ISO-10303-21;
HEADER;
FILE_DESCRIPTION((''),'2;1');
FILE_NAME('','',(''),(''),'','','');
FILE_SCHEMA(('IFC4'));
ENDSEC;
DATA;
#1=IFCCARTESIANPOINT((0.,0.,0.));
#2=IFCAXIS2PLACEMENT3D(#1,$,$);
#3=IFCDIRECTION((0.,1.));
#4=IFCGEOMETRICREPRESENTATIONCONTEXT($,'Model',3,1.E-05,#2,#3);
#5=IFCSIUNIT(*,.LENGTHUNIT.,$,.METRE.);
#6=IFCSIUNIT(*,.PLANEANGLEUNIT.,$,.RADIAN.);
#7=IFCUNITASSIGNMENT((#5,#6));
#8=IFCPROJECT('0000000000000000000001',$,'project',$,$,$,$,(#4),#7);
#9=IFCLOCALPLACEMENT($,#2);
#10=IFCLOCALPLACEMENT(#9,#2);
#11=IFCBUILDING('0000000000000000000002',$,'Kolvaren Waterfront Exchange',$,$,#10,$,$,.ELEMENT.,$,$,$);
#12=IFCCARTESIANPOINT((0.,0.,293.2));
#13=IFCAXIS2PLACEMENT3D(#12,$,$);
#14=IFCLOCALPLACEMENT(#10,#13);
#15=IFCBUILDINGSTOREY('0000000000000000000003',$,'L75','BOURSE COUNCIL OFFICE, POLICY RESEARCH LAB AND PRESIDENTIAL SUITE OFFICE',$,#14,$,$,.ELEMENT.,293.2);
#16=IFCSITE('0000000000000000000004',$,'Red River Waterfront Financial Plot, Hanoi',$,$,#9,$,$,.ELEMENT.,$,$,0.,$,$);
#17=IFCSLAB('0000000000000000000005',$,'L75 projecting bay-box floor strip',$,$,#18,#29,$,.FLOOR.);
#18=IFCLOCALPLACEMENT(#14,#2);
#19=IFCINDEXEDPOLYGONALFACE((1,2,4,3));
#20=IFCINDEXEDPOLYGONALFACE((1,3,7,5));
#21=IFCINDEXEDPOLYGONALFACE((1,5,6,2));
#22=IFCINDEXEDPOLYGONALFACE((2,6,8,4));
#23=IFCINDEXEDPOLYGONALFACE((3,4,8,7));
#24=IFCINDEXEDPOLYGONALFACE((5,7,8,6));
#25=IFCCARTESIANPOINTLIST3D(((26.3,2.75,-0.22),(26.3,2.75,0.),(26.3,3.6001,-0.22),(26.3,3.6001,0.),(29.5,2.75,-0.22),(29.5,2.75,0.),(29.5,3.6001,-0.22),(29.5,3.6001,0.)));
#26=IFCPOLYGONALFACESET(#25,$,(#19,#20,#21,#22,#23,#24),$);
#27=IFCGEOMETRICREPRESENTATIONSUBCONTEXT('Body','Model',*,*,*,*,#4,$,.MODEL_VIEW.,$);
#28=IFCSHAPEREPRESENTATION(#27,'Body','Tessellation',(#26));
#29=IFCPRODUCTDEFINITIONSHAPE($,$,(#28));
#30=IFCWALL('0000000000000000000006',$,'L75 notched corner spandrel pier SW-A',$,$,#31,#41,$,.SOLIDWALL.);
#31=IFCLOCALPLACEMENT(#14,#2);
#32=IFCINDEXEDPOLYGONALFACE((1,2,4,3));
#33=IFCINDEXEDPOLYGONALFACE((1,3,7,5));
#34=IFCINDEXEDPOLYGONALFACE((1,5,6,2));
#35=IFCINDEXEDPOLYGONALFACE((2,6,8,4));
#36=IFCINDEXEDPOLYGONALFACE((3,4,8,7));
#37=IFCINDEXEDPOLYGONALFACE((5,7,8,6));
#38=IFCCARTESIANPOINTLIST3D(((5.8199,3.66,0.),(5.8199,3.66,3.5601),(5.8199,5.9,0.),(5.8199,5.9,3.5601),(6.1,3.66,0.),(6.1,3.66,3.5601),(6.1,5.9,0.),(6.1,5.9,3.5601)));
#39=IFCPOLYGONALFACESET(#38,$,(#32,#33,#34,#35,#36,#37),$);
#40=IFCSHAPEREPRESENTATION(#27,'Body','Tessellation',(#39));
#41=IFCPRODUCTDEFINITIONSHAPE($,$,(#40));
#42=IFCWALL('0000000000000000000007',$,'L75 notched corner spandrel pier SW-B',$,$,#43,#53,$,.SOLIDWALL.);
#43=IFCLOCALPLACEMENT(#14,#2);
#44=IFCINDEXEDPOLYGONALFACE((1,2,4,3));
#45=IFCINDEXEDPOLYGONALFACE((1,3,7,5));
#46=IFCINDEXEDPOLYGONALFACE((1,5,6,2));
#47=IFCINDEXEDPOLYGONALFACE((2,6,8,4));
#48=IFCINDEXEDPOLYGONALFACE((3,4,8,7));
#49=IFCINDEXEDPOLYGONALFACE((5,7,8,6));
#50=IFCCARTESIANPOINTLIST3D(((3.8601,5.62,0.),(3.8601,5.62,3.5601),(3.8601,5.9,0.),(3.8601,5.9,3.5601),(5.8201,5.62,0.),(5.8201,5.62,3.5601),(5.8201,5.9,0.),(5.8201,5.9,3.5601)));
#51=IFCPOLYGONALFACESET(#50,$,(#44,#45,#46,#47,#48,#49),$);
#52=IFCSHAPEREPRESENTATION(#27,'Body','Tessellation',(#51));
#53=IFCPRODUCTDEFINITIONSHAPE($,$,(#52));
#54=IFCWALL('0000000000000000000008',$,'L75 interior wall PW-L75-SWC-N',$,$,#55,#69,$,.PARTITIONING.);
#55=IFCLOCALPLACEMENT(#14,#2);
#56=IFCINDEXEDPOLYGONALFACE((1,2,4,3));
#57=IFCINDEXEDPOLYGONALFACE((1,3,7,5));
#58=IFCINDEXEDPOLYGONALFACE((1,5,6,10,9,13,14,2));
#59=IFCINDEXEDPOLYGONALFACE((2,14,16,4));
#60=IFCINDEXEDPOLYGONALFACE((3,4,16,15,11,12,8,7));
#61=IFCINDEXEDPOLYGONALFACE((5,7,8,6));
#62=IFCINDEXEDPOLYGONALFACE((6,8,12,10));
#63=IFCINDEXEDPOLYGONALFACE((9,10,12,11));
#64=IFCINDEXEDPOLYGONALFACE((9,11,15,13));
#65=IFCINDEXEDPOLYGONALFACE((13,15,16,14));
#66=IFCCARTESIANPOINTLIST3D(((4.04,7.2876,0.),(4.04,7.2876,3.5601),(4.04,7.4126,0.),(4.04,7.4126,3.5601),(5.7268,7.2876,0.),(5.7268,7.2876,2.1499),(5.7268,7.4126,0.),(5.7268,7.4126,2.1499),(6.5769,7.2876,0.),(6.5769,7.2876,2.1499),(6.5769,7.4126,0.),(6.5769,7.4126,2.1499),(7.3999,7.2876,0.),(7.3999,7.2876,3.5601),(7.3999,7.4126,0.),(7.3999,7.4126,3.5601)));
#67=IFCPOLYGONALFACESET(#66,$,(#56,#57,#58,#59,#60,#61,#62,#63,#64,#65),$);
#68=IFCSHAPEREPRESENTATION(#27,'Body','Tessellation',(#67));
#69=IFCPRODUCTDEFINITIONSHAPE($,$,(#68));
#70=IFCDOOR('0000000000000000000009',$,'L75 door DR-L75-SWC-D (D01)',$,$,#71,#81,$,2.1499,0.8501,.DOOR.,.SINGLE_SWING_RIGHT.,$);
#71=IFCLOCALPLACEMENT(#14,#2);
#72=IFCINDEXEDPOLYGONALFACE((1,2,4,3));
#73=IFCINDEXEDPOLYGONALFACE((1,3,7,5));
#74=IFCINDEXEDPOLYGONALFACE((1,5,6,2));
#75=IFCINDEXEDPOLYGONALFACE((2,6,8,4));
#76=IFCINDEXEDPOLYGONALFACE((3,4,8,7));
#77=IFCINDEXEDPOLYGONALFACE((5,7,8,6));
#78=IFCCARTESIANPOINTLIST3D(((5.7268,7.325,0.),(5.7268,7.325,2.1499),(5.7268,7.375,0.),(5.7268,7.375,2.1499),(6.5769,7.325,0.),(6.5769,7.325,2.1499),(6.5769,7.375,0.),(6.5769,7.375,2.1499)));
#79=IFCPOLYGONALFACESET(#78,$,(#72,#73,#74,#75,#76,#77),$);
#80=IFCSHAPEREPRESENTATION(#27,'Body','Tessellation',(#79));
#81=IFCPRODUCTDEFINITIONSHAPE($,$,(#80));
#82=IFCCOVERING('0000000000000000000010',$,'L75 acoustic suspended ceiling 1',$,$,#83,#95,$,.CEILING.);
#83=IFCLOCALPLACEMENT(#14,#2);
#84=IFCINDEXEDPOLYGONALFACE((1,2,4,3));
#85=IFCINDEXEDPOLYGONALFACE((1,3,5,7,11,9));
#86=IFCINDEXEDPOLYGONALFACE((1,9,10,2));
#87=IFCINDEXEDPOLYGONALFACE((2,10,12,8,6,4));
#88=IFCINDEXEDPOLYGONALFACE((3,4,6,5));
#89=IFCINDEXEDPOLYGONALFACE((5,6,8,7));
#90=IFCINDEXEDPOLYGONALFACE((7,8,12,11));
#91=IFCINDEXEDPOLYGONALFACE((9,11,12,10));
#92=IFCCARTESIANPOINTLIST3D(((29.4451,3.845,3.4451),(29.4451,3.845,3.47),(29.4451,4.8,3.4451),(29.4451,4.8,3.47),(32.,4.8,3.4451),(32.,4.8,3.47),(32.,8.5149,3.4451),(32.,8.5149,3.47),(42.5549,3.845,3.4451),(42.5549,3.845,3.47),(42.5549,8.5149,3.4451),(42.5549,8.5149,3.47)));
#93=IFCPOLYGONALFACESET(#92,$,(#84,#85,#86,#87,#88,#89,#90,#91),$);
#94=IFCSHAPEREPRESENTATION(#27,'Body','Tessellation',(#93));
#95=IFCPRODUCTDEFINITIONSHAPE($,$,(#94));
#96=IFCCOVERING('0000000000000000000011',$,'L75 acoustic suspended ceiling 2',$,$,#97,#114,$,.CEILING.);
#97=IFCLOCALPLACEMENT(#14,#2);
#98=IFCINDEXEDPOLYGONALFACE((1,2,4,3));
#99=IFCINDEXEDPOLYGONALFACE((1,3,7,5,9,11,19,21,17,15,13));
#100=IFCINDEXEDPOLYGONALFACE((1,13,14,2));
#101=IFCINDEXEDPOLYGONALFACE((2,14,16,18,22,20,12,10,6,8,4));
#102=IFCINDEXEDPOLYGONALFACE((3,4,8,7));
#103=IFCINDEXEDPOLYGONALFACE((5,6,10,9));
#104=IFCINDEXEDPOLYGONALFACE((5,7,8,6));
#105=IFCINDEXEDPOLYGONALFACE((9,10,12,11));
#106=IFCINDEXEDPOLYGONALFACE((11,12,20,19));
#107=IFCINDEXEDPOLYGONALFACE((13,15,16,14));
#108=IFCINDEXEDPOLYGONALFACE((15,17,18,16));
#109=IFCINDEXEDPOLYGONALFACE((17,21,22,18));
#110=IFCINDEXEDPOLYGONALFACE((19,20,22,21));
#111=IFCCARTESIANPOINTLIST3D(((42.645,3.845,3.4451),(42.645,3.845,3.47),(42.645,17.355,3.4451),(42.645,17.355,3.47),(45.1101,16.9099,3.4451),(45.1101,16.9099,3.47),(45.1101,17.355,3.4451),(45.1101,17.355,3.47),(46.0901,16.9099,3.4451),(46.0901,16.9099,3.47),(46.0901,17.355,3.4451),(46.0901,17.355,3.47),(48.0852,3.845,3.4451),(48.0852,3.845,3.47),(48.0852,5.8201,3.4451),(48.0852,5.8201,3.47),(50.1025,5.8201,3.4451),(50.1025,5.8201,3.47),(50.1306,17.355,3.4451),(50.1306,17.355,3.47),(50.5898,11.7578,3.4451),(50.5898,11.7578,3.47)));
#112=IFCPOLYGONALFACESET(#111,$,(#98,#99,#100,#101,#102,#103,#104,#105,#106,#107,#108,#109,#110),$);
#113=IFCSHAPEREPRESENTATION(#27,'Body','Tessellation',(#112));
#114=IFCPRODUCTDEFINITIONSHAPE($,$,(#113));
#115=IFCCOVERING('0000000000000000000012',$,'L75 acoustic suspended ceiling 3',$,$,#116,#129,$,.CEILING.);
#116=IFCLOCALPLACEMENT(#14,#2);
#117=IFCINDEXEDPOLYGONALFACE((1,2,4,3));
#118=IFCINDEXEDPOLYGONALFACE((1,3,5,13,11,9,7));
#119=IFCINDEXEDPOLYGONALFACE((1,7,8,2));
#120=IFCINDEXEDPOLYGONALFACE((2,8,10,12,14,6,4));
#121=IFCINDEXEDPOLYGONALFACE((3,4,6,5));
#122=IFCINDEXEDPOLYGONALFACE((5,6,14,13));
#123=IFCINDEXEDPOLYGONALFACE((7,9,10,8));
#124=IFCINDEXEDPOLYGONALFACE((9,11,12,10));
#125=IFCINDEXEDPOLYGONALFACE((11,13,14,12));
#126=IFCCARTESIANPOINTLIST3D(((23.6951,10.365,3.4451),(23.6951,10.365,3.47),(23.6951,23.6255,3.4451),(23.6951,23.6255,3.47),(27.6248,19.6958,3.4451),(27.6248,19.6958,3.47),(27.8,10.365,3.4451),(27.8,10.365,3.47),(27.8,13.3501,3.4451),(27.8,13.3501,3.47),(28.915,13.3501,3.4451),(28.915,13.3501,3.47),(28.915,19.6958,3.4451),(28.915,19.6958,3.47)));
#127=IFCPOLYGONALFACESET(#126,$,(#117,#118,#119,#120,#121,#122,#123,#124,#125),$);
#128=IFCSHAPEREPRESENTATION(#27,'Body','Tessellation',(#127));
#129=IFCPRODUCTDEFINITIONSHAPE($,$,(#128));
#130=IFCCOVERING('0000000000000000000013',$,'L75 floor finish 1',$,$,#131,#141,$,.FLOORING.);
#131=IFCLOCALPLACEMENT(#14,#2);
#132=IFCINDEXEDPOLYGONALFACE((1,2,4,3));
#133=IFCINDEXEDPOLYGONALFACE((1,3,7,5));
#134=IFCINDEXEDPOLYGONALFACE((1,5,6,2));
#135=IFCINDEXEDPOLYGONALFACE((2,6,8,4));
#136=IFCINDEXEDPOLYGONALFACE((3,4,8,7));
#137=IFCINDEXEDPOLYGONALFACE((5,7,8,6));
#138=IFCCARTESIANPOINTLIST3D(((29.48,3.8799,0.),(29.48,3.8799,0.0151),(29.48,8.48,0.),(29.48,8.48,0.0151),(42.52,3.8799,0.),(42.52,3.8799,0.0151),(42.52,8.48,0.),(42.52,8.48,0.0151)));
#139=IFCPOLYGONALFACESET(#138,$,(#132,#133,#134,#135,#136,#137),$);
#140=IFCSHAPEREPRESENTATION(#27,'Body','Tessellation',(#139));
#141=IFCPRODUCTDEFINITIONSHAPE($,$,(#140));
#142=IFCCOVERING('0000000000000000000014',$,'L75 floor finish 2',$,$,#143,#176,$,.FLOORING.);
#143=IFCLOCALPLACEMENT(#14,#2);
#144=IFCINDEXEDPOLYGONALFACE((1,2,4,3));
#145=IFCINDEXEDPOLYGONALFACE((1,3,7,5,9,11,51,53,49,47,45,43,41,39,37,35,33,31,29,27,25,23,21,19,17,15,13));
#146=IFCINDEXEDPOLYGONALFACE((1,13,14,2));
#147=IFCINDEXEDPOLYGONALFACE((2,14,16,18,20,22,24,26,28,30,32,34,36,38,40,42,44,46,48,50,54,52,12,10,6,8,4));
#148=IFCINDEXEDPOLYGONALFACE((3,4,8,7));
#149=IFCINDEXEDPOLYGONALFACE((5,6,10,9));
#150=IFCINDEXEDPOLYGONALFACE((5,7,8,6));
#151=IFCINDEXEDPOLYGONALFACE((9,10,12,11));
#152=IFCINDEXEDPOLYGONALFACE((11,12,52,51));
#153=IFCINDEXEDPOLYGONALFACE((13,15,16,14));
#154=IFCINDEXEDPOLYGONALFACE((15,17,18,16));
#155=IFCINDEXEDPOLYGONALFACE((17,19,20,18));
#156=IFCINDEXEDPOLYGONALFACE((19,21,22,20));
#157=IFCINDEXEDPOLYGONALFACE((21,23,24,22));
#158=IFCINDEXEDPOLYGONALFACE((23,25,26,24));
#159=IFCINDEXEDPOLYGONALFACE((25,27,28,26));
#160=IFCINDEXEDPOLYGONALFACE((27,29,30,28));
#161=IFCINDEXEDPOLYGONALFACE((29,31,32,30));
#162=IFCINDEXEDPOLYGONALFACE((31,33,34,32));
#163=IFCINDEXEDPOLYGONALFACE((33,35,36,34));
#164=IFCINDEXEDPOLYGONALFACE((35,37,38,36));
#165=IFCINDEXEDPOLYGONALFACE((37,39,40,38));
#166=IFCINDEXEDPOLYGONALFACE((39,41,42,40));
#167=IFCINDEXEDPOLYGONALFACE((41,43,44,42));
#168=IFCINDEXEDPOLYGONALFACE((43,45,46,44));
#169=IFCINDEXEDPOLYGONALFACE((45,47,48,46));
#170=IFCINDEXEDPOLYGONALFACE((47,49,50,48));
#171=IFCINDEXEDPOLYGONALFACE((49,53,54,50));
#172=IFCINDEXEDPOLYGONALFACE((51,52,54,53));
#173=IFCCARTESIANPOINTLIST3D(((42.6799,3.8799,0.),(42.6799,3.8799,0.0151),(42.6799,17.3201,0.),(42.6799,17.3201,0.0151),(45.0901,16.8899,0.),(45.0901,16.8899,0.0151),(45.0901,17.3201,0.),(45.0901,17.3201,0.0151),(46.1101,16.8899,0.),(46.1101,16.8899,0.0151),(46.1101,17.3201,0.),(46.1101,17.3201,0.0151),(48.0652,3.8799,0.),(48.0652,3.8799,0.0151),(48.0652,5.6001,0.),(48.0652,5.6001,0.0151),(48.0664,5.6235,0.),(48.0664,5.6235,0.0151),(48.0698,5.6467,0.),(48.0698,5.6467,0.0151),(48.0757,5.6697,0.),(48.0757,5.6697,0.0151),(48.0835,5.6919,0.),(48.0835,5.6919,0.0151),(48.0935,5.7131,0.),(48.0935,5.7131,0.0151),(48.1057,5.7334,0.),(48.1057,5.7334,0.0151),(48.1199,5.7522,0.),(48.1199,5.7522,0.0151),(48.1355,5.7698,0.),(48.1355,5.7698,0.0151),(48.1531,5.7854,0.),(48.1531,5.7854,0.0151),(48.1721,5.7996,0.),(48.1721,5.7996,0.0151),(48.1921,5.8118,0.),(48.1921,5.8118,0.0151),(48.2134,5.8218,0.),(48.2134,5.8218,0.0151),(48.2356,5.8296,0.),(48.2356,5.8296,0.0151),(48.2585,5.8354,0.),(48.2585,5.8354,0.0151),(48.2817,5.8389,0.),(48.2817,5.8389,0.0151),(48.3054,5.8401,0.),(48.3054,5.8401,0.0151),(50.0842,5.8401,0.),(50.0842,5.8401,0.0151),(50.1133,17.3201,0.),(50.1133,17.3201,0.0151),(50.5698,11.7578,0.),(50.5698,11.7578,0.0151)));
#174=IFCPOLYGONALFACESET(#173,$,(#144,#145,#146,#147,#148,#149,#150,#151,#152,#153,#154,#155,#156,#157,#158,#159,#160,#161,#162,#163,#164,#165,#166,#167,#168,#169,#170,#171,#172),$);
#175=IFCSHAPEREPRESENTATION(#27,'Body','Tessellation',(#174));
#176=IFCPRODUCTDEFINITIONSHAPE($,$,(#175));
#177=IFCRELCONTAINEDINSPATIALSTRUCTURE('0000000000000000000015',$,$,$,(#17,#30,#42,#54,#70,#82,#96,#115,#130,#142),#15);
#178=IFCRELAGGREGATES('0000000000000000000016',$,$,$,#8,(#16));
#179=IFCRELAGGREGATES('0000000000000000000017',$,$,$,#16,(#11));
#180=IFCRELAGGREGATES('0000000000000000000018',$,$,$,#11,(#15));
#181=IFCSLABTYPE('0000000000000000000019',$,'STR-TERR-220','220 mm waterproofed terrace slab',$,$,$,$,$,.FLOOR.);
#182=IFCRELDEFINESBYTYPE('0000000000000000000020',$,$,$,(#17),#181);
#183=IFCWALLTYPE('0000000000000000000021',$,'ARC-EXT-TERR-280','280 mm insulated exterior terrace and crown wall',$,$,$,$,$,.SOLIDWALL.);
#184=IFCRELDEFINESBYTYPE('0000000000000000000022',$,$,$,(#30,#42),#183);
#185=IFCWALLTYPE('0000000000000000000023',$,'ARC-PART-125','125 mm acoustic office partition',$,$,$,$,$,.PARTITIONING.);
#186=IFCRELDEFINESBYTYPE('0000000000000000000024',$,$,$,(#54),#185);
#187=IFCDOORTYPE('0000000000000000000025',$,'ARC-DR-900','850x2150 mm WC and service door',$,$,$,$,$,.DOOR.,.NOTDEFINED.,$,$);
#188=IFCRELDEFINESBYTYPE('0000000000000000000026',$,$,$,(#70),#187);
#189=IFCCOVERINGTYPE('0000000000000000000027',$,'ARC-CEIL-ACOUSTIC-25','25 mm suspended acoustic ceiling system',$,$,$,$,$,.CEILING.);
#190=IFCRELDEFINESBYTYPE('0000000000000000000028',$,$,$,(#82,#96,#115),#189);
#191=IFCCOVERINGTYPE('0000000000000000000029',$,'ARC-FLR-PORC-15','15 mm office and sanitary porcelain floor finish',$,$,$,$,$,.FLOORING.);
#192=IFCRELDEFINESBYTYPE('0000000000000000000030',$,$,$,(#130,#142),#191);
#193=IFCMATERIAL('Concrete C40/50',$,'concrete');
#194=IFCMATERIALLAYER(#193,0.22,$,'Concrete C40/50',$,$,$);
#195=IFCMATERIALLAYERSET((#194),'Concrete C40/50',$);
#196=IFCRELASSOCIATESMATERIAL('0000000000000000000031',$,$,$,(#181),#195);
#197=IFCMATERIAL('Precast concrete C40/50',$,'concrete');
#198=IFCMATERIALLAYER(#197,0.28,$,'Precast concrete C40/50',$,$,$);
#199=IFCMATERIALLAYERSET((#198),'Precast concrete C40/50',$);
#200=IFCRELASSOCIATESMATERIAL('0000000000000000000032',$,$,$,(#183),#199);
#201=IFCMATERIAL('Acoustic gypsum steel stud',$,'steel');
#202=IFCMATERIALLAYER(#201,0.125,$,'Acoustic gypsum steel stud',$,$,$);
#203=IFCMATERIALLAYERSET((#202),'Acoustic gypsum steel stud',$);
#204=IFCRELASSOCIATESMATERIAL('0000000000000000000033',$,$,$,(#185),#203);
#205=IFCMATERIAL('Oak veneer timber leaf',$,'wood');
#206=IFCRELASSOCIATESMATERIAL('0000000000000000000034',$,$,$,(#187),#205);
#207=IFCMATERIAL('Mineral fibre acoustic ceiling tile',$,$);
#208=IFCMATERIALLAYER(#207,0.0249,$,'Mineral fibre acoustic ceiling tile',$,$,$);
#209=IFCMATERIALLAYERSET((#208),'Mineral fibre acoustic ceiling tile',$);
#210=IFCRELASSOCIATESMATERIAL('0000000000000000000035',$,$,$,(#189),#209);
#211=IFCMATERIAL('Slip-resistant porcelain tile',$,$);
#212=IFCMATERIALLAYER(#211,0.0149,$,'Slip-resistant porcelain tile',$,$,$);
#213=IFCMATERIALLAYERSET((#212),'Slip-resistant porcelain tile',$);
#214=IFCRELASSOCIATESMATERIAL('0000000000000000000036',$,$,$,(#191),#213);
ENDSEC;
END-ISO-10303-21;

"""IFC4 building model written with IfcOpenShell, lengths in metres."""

from ifc_helpers import new_model, si_unit, direction, frame, frame_2d, origin, place, context, subcontext, project, spatial, polyline, rectangle, outline, extrude, material, layer, layer_set, type_object, element, fill, save


model = new_model("IFC4")

# Units and contexts
model_context = context("Model", 3, precision=1e-05, world=origin(), true_north=direction((0.0, 1.0)))
body_context = subcontext(model_context, "Body", "Model", "MODEL_VIEW")
ifc_project = project(units=[si_unit("LENGTHUNIT", "METRE"), si_unit("PLANEANGLEUNIT", "RADIAN")], contexts=[model_context])

# Site, building, storey
site_placement = place(None, origin())
site = spatial("IfcSite", under=ifc_project, at=site_placement, Name="Red River Waterfront Financial Plot, Hanoi", CompositionType="ELEMENT", RefElevation=0.0)
building_placement = place(site_placement, origin())
building = spatial("IfcBuilding", under=site, at=building_placement, Name="Kolvaren Waterfront Exchange", CompositionType="ELEMENT")
storey_placement = place(building_placement, frame((0.0, 0.0, 293.2)))
storey = spatial("IfcBuildingStorey", under=building, at=storey_placement, Name="L75", Description="BOURSE COUNCIL OFFICE, POLICY RESEARCH LAB AND PRESIDENTIAL SUITE OFFICE", CompositionType="ELEMENT", Elevation=293.2)

# Shared definitions
ifc_material_1 = material(Name="Concrete C40/50", Category="concrete")

# Slab
ifc_layer_1 = layer(ifc_material_1, 0.22, Name="Concrete C40/50")
ifc_layer_set_1 = layer_set([ifc_layer_1], Name="Concrete C40/50")
slab_type_1 = type_object("IfcSlabType", Name="STR-TERR-220", Description="220 mm waterproofed terrace slab", PredefinedType="FLOOR", material=ifc_layer_set_1)
slab_1_placement = place(storey_placement, frame((0.0, 0.0, -0.22)))
element("IfcSlab", 1, at=slab_1_placement, inside=storey, type_object=slab_type_1, Name="L75 projecting bay-box floor strip", PredefinedType="FLOOR", context=body_context, shape_type="SweptSolid", body=[
    extrude(outline(polyline([(26.3, 2.75), (29.5, 2.75), (29.5, 3.6001), (26.3, 3.6001), (26.3, 2.75)])), origin(), (0.0, 0.0, 1.0), 0.22),
])

# Walls
ifc_material_2 = material(Name="Precast concrete C40/50", Category="concrete")
ifc_layer_2 = layer(ifc_material_2, 0.28, Name="Precast concrete C40/50")
ifc_layer_set_2 = layer_set([ifc_layer_2], Name="Precast concrete C40/50")
wall_type_1 = type_object("IfcWallType", Name="ARC-EXT-TERR-280", Description="280 mm insulated exterior terrace and crown wall", PredefinedType="SOLIDWALL", material=ifc_layer_set_2)
wall_1_placement = place(storey_placement, frame((5.96, 3.6599, 0.0), z_axis=(0.0, 0.0, 1.0), x_axis=(0.0, 1.0, 0.0)))
element("IfcWall", 2, at=wall_1_placement, inside=storey, type_object=wall_type_1, Name="L75 notched corner spandrel pier SW-A", PredefinedType="SOLIDWALL", context=body_context, shape_type="SweptSolid", body=[
    extrude(rectangle(XDim=2.24, YDim=0.28, at=frame_2d((1.1201, 0.0))), origin(), (0.0, 0.0, 1.0), 3.5601),
])
wall_2_placement = place(storey_placement, frame((3.8601, 5.76, 0.0), z_axis=(0.0, 0.0, 1.0), x_axis=(1.0, 0.0, 0.0)))
element("IfcWall", 3, at=wall_2_placement, inside=storey, type_object=wall_type_1, Name="L75 notched corner spandrel pier SW-B", PredefinedType="SOLIDWALL", context=body_context, shape_type="SweptSolid", body=[
    extrude(rectangle(XDim=1.96, YDim=0.28, at=frame_2d((0.98, 0.0))), origin(), (0.0, 0.0, 1.0), 3.5601),
])

# Wall, opening, door
ifc_material_3 = material(Name="Acoustic gypsum steel stud", Category="steel")
ifc_layer_3 = layer(ifc_material_3, 0.125, Name="Acoustic gypsum steel stud")
ifc_layer_set_3 = layer_set([ifc_layer_3], Name="Acoustic gypsum steel stud")
wall_type_2 = type_object("IfcWallType", Name="ARC-PART-125", Description="125 mm acoustic office partition", PredefinedType="PARTITIONING", material=ifc_layer_set_3)
wall_3_placement = place(storey_placement, frame((4.04, 7.3501, 0.0), z_axis=(0.0, 0.0, 1.0), x_axis=(1.0, 0.0, 0.0)))
wall_3 = element("IfcWall", 4, at=wall_3_placement, inside=storey, type_object=wall_type_2, Name="L75 interior wall PW-L75-SWC-N", PredefinedType="PARTITIONING", context=body_context, shape_type="SweptSolid", body=[
    extrude(rectangle(XDim=3.3599, YDim=0.125, at=frame_2d((1.6799, 0.0))), origin(), (0.0, 0.0, 1.0), 3.5601),
])
opening_placement = place(wall_3_placement, frame((1.6868, 0.0, 0.0)))
opening = element("IfcOpeningElement", 5, at=opening_placement, cuts=wall_3, PredefinedType="OPENING", context=body_context, shape_type="SweptSolid", body=[
    extrude(rectangle(XDim=0.8501, YDim=2.1499, at=frame_2d((0.425, 1.075))), frame((0.0, 0.0725, 0.0), z_axis=(0.0, -1.0, 0.0), x_axis=(1.0, 0.0, 0.0)), (0.0, 0.0, 1.0), 0.145),
])
ifc_material_4 = material(Name="Oak veneer timber leaf", Category="wood")
door_type = type_object("IfcDoorType", Name="ARC-DR-900", Description="850x2150 mm WC and service door", OperationType="NOTDEFINED", PredefinedType="DOOR", material=ifc_material_4)
door_placement = place(opening_placement, origin())
door = element("IfcDoor", 6, at=door_placement, inside=storey, type_object=door_type, Name="L75 door DR-L75-SWC-D (D01)", OperationType="SINGLE_SWING_RIGHT", OverallHeight=2.1499, OverallWidth=0.8501, PredefinedType="DOOR", context=body_context, shape_type="SweptSolid", body=[
    extrude(rectangle(XDim=0.8501, YDim=2.1499, at=frame_2d((0.425, 1.075))), frame((0.0, 0.0249, 0.0), z_axis=(0.0, -1.0, 0.0), x_axis=(1.0, 0.0, 0.0)), (0.0, 0.0, 1.0), 0.05),
])
fill(opening, door)

# Coverings
ifc_material_5 = material(Name="Mineral fibre acoustic ceiling tile")
ifc_layer_4 = layer(ifc_material_5, 0.0249, Name="Mineral fibre acoustic ceiling tile")
ifc_layer_set_4 = layer_set([ifc_layer_4], Name="Mineral fibre acoustic ceiling tile")
covering_type_1 = type_object("IfcCoveringType", Name="ARC-CEIL-ACOUSTIC-25", Description="25 mm suspended acoustic ceiling system", PredefinedType="CEILING", material=ifc_layer_set_4)
covering_1_placement = place(storey_placement, frame((0.0, 0.0, 3.4451)))
element("IfcCovering", 7, at=covering_1_placement, inside=storey, type_object=covering_type_1, Name="L75 acoustic suspended ceiling 1", PredefinedType="CEILING", context=body_context, shape_type="SweptSolid", body=[
    extrude(outline(polyline([(42.5549, 3.845), (42.5549, 8.5149), (32.0, 8.5149), (32.0, 4.8), (29.4451, 4.8), (29.4451, 3.845), (42.5549, 3.845)])), origin(), (0.0, 0.0, 1.0), 0.0249),
])
covering_2_placement = place(storey_placement, frame((0.0, 0.0, 3.4451)))
element("IfcCovering", 8, at=covering_2_placement, inside=storey, type_object=covering_type_1, Name="L75 acoustic suspended ceiling 2", PredefinedType="CEILING", context=body_context, shape_type="SweptSolid", body=[
    extrude(outline(polyline([(46.0901, 17.355), (46.0901, 16.9099), (45.1101, 16.9099), (45.1101, 17.355), (42.645, 17.355), (42.645, 3.845), (48.0852, 3.845), (48.0852, 5.8201), (50.1025, 5.8201), (50.5898, 11.7578), (50.1306, 17.355), (46.0901, 17.355)])), origin(), (0.0, 0.0, 1.0), 0.0249),
])
covering_3_placement = place(storey_placement, frame((0.0, 0.0, 3.4451)))
element("IfcCovering", 9, at=covering_3_placement, inside=storey, type_object=covering_type_1, Name="L75 acoustic suspended ceiling 3", PredefinedType="CEILING", context=body_context, shape_type="SweptSolid", body=[
    extrude(outline(polyline([(27.6248, 19.6958), (23.6951, 23.6255), (23.6951, 10.365), (27.8, 10.365), (27.8, 13.3501), (28.915, 13.3501), (28.915, 19.6958), (27.6248, 19.6958)])), origin(), (0.0, 0.0, 1.0), 0.0249),
])
ifc_material_6 = material(Name="Slip-resistant porcelain tile")
ifc_layer_5 = layer(ifc_material_6, 0.0149, Name="Slip-resistant porcelain tile")
ifc_layer_set_5 = layer_set([ifc_layer_5], Name="Slip-resistant porcelain tile")
covering_type_2 = type_object("IfcCoveringType", Name="ARC-FLR-PORC-15", Description="15 mm office and sanitary porcelain floor finish", PredefinedType="FLOORING", material=ifc_layer_set_5)
covering_4_placement = place(storey_placement, origin())
element("IfcCovering", 10, at=covering_4_placement, inside=storey, type_object=covering_type_2, Name="L75 floor finish 1", PredefinedType="FLOORING", context=body_context, shape_type="SweptSolid", body=[
    extrude(outline(polyline([(29.48, 8.48), (29.48, 3.8799), (42.52, 3.8799), (42.52, 8.48), (29.48, 8.48)])), origin(), (0.0, 0.0, 1.0), 0.0151),
])
covering_5_placement = place(storey_placement, origin())
element("IfcCovering", 11, at=covering_5_placement, inside=storey, type_object=covering_type_2, Name="L75 floor finish 2", PredefinedType="FLOORING", context=body_context, shape_type="SweptSolid", body=[
    extrude(outline(polyline([(42.6799, 17.3201), (42.6799, 3.8799), (48.0652, 3.8799), (48.0652, 5.6001), (48.0664, 5.6235), (48.0698, 5.6467), (48.0757, 5.6697), (48.0835, 5.6919), (48.0935, 5.7131), (48.1057, 5.7334), (48.1199, 5.7522), (48.1355, 5.7698), (48.1531, 5.7854), (48.1721, 5.7996), (48.1921, 5.8118), (48.2134, 5.8218), (48.2356, 5.8296), (48.2585, 5.8354), (48.2817, 5.8389), (48.3054, 5.8401), (50.0842, 5.8401), (50.5698, 11.7578), (50.1133, 17.3201), (46.1101, 17.3201), (46.1101, 16.8899), (45.0901, 16.8899), (45.0901, 17.3201), (42.6799, 17.3201)])), origin(), (0.0, 0.0, 1.0), 0.0151),
])

save(model, "model.ifc")
